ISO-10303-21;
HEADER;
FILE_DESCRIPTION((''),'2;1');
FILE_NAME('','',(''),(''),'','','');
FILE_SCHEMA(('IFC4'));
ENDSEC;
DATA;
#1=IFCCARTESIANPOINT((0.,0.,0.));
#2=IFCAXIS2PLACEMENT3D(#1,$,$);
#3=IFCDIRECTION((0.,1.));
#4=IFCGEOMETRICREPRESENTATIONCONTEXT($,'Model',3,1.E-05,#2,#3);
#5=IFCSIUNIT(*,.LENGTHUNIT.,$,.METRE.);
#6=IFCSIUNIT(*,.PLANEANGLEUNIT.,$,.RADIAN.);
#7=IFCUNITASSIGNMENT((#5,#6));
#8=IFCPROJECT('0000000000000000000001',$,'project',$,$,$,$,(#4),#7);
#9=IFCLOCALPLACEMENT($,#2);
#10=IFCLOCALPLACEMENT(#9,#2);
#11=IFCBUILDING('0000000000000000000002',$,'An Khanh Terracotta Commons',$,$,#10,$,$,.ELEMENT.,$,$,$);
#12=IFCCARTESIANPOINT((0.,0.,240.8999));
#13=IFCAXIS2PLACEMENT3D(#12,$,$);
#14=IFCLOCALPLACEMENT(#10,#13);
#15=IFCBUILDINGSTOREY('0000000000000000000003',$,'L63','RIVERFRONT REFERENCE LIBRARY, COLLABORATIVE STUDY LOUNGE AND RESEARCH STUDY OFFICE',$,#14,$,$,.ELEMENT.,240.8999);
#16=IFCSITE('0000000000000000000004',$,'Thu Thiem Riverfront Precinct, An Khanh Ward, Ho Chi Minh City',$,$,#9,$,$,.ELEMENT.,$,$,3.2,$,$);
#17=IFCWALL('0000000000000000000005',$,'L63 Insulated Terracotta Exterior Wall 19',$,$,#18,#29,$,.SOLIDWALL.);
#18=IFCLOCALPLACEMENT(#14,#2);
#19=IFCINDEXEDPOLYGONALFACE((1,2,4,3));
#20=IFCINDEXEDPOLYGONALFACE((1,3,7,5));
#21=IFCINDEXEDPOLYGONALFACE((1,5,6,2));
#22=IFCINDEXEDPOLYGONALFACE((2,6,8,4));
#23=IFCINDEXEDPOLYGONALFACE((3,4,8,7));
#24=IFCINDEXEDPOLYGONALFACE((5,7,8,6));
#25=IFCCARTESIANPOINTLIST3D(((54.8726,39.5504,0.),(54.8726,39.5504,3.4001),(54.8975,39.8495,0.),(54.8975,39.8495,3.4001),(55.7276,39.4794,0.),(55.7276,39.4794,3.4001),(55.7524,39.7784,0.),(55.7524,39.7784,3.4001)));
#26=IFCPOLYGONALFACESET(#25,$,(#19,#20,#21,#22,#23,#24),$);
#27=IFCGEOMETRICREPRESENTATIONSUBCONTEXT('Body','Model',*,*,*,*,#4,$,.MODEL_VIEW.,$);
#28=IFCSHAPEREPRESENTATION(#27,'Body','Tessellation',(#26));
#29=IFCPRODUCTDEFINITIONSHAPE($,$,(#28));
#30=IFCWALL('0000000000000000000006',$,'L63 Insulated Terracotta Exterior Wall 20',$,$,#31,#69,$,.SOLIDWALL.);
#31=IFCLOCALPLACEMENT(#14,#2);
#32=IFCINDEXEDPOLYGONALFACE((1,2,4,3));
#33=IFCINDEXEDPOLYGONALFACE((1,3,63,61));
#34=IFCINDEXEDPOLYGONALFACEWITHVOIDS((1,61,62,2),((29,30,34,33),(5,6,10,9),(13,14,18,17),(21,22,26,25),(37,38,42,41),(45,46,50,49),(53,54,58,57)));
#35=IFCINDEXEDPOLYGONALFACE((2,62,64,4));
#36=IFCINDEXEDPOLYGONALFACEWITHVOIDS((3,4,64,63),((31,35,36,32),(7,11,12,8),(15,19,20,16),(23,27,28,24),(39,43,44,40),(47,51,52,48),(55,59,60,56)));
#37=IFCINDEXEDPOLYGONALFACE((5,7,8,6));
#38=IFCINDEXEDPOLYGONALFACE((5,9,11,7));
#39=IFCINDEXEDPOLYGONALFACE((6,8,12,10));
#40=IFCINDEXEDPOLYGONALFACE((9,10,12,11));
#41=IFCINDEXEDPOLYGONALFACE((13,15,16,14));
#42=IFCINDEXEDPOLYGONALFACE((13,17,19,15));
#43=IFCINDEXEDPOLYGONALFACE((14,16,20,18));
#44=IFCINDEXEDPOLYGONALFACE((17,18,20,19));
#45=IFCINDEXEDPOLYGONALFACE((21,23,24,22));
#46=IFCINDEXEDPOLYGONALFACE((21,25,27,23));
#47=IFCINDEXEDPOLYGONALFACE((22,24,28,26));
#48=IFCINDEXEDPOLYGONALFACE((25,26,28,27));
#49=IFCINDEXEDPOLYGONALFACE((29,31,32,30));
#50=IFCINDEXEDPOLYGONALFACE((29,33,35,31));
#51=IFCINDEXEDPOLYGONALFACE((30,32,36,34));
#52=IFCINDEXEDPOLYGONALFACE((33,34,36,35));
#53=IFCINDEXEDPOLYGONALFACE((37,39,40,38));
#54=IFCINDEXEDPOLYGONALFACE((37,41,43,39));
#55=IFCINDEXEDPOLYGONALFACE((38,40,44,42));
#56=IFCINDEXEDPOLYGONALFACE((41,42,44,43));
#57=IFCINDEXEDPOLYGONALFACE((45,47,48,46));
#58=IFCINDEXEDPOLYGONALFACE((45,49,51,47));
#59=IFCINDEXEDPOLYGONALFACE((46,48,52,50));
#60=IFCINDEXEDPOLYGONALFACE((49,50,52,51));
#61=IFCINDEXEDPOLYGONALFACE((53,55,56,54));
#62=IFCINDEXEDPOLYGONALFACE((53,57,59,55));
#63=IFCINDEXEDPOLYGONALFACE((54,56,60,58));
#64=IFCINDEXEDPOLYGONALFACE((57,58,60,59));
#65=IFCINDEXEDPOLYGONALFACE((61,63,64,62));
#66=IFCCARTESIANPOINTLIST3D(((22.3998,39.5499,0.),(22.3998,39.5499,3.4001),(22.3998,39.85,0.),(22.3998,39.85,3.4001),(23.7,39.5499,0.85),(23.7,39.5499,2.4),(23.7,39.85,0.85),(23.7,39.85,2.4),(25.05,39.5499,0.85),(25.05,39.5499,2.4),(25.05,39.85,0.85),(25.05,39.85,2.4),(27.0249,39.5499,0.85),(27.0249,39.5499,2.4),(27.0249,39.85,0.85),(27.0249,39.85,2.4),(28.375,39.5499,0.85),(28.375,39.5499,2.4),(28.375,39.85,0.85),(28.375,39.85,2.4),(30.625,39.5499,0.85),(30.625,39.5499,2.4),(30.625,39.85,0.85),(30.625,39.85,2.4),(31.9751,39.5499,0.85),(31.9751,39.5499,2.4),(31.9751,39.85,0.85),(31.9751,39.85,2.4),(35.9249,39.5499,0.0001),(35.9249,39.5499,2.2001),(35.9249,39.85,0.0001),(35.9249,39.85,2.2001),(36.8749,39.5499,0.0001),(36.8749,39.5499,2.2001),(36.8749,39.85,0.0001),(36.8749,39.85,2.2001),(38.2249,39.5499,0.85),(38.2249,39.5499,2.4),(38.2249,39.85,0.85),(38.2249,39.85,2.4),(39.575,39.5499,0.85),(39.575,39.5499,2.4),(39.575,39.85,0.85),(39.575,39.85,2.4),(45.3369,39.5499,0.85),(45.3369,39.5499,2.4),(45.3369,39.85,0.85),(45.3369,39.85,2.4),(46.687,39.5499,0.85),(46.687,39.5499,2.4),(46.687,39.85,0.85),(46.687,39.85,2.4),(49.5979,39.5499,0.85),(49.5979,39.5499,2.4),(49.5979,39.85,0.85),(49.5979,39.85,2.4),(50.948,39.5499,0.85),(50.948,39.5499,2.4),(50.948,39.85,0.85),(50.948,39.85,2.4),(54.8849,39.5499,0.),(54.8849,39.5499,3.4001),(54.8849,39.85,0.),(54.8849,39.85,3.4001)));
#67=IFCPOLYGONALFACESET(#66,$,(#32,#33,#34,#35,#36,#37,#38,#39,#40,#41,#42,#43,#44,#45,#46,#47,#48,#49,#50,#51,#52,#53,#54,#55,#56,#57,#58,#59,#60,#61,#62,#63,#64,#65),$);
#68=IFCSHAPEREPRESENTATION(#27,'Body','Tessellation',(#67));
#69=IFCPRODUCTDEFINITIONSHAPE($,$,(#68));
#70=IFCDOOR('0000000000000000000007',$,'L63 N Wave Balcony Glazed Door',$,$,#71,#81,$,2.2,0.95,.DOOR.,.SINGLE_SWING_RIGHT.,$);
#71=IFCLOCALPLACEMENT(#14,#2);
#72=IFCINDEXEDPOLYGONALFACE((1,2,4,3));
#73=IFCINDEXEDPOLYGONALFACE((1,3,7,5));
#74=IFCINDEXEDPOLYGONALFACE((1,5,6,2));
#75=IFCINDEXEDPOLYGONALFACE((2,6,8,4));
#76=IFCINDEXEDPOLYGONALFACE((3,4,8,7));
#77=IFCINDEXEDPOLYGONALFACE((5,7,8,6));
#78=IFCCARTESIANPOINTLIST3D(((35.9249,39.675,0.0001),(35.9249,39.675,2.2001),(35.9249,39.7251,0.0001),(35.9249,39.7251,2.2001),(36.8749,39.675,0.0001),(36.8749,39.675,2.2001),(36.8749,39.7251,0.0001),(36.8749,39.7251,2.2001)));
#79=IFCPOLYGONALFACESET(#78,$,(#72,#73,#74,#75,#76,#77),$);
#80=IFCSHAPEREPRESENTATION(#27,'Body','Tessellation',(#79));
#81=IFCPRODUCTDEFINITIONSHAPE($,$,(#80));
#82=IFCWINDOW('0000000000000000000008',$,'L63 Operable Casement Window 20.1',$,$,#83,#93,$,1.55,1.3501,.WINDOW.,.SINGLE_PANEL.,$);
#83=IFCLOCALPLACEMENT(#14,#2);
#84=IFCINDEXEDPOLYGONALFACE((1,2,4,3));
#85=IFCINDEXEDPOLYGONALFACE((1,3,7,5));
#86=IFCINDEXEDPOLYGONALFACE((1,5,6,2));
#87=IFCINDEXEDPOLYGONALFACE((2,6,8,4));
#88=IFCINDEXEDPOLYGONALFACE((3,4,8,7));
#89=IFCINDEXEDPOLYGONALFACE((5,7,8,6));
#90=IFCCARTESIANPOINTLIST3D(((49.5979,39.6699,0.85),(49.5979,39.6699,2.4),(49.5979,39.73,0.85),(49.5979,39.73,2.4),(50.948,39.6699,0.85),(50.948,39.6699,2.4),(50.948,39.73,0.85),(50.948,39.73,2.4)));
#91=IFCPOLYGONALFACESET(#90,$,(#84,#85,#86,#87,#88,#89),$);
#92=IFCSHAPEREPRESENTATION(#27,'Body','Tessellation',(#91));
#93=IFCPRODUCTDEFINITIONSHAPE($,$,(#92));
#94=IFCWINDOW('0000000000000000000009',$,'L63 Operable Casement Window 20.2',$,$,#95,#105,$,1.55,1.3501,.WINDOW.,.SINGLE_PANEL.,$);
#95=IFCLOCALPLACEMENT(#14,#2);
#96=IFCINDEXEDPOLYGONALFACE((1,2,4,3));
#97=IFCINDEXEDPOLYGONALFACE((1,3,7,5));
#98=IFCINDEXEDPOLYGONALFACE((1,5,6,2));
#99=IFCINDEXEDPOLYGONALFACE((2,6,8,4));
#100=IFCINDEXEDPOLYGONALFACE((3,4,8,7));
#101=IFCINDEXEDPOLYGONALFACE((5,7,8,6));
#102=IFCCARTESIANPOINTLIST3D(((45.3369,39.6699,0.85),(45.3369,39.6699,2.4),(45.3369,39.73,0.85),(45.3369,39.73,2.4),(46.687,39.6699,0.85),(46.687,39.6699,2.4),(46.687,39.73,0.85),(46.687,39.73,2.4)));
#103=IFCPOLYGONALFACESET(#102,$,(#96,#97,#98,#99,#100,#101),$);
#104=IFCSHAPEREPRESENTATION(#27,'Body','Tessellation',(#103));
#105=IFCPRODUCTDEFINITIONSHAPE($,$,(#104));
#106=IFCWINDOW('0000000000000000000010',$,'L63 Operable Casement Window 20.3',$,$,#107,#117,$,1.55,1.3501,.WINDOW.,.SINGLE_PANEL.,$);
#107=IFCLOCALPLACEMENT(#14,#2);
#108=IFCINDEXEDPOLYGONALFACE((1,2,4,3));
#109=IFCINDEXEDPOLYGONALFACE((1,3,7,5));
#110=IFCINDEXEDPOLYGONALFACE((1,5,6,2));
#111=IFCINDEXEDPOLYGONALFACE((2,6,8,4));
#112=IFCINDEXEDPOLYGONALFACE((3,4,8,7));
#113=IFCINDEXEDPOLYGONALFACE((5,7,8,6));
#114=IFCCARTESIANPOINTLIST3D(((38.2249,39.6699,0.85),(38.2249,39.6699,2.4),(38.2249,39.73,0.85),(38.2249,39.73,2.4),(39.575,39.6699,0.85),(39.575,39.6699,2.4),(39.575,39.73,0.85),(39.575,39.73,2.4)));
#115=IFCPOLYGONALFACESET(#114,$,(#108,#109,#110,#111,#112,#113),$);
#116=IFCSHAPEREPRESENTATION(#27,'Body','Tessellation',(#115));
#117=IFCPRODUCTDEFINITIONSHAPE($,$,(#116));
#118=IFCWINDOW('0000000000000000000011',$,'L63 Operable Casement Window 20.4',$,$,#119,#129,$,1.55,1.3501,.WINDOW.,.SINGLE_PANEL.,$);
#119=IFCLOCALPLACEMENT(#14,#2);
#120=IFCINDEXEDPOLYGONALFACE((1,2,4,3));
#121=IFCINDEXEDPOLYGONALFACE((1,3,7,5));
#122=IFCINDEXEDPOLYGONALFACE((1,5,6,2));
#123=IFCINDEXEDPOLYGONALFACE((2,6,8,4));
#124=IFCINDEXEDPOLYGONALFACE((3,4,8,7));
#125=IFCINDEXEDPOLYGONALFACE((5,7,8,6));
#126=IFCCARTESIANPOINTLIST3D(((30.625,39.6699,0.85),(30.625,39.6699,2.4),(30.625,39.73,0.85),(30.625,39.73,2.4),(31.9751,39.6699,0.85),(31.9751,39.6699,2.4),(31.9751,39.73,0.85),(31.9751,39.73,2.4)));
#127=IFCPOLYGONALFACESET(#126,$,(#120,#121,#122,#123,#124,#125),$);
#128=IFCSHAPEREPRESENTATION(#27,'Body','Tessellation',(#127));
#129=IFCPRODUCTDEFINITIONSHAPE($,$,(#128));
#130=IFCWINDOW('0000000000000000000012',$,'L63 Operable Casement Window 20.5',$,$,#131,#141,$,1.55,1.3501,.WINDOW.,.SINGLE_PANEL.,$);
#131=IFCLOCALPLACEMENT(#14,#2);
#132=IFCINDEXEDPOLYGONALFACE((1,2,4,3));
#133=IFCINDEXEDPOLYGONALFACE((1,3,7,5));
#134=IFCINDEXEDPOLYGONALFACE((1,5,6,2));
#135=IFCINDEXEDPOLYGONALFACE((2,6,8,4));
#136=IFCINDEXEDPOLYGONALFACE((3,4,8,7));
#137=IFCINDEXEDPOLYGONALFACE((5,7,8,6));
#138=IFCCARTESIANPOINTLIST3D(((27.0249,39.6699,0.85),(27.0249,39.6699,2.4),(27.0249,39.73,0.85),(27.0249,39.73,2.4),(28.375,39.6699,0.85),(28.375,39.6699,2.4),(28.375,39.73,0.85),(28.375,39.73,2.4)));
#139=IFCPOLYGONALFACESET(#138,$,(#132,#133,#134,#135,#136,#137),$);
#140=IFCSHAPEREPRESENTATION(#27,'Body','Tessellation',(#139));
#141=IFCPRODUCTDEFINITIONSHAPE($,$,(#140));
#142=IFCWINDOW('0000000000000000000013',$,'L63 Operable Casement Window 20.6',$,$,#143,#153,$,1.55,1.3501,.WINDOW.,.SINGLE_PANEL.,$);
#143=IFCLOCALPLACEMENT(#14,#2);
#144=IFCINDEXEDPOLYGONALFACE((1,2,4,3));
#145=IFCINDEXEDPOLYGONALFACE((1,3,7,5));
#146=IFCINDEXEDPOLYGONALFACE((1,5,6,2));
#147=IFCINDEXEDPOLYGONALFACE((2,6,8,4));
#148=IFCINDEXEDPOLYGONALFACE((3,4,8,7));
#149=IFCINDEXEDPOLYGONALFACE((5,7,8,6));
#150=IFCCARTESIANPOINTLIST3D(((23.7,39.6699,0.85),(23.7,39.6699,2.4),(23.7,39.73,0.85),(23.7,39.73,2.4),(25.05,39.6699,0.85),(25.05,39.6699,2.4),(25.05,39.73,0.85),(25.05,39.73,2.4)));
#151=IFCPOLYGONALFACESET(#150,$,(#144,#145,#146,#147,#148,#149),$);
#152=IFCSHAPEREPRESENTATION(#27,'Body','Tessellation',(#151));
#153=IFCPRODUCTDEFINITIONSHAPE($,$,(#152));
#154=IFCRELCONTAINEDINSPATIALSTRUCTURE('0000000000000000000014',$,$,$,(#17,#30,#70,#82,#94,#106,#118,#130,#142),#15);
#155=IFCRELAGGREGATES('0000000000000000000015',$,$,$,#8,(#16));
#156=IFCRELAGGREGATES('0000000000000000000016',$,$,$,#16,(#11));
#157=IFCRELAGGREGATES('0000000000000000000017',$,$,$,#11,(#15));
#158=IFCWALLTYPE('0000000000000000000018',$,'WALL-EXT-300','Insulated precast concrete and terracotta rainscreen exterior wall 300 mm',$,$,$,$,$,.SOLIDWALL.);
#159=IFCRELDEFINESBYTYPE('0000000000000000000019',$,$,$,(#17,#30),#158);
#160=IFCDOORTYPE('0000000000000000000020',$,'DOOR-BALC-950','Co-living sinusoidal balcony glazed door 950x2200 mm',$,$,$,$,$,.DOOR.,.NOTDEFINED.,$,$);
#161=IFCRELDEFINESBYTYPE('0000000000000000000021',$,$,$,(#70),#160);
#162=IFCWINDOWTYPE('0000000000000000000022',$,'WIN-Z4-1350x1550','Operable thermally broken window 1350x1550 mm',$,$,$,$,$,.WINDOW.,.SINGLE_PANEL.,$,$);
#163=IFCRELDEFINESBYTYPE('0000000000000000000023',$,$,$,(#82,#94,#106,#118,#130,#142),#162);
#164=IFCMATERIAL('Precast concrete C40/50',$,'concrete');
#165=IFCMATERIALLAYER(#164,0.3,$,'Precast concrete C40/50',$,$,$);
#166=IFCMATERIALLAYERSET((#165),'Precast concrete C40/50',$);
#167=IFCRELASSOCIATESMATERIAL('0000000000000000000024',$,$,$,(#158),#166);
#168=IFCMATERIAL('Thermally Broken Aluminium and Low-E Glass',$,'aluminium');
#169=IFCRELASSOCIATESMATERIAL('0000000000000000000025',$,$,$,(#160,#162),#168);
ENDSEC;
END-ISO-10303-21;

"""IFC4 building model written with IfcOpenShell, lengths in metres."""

from ifc_helpers import new_model, si_unit, direction, frame, frame_2d, origin, place, context, subcontext, project, spatial, rectangle, extrude, material, layer, layer_set, type_object, element, fill, save


model = new_model("IFC4")

# Units and contexts
model_context = context("Model", 3, precision=1e-05, world=origin(), true_north=direction((0.0, 1.0)))
body_context = subcontext(model_context, "Body", "Model", "MODEL_VIEW")
ifc_project = project(units=[si_unit("LENGTHUNIT", "METRE"), si_unit("PLANEANGLEUNIT", "RADIAN")], contexts=[model_context])

# Site, building, storey
site_placement = place(None, origin())
site = spatial("IfcSite", under=ifc_project, at=site_placement, Name="Thu Thiem Riverfront Precinct, An Khanh Ward, Ho Chi Minh City", CompositionType="ELEMENT", RefElevation=3.2)
building_placement = place(site_placement, origin())
building = spatial("IfcBuilding", under=site, at=building_placement, Name="An Khanh Terracotta Commons", CompositionType="ELEMENT")
storey_placement = place(building_placement, frame((0.0, 0.0, 240.8999)))
storey = spatial("IfcBuildingStorey", under=building, at=storey_placement, Name="L63", Description="RIVERFRONT REFERENCE LIBRARY, COLLABORATIVE STUDY LOUNGE AND RESEARCH STUDY OFFICE", CompositionType="ELEMENT", Elevation=240.8999)

# Wall
ifc_material_1 = material(Name="Precast concrete C40/50", Category="concrete")
ifc_layer_1 = layer(ifc_material_1, 0.3, Name="Precast concrete C40/50")
ifc_layer_set_1 = layer_set([ifc_layer_1], Name="Precast concrete C40/50")
wall_type = type_object("IfcWallType", Name="WALL-EXT-300", Description="Insulated precast concrete and terracotta rainscreen exterior wall 300 mm", PredefinedType="SOLIDWALL", material=ifc_layer_set_1)
wall_1_placement = place(storey_placement, frame((55.74, 39.6289, 0.0), z_axis=(0.0, 0.0, 1.0), x_axis=(-0.996565, 0.08281, 0.0)))
element("IfcWall", 1, at=wall_1_placement, inside=storey, type_object=wall_type, Name="L63 Insulated Terracotta Exterior Wall 19", PredefinedType="SOLIDWALL", context=body_context, shape_type="SweptSolid", body=[
    extrude(rectangle(XDim=0.8579, YDim=0.3, at=frame_2d((0.429, 0.0))), origin(), (0.0, 0.0, 1.0), 3.4001),
])

# Wall, openings, door, windows
wall_2_placement = place(storey_placement, frame((54.885, 39.7, 0.0), z_axis=(0.0, 0.0, 1.0), x_axis=(-1.0, 0.0, 0.0)))
wall_2 = element("IfcWall", 2, at=wall_2_placement, inside=storey, type_object=wall_type, Name="L63 Insulated Terracotta Exterior Wall 20", PredefinedType="SOLIDWALL", context=body_context, shape_type="SweptSolid", body=[
    extrude(rectangle(XDim=32.4851, YDim=0.3, at=frame_2d((16.2427, 0.0))), origin(), (0.0, 0.0, 1.0), 3.4001),
])
opening_1_placement = place(wall_2_placement, frame((18.01, 0.0, 0.0)))
opening_1 = element("IfcOpeningElement", 3, at=opening_1_placement, cuts=wall_2, PredefinedType="OPENING", context=body_context, shape_type="SweptSolid", body=[
    extrude(rectangle(XDim=0.95, YDim=2.2, at=frame_2d((0.4751, 1.1001))), frame((0.0, 0.1599, 0.0), z_axis=(0.0, -1.0, 0.0), x_axis=(1.0, 0.0, 0.0)), (0.0, 0.0, 1.0), 0.3201),
])
opening_2_placement = place(wall_2_placement, frame((3.937, 0.0, 0.8501)))
opening_2 = element("IfcOpeningElement", 4, at=opening_2_placement, cuts=wall_2, PredefinedType="OPENING", context=body_context, shape_type="SweptSolid", body=[
    extrude(rectangle(XDim=1.3501, YDim=1.55, at=frame_2d((0.675, 0.7749))), frame((0.0, 0.1599, 0.0), z_axis=(0.0, -1.0, 0.0), x_axis=(1.0, 0.0, 0.0)), (0.0, 0.0, 1.0), 0.3201),
])
opening_3_placement = place(wall_2_placement, frame((8.198, 0.0, 0.8501)))
opening_3 = element("IfcOpeningElement", 5, at=opening_3_placement, cuts=wall_2, PredefinedType="OPENING", context=body_context, shape_type="SweptSolid", body=[
    extrude(rectangle(XDim=1.3501, YDim=1.55, at=frame_2d((0.675, 0.7749))), frame((0.0, 0.1599, 0.0), z_axis=(0.0, -1.0, 0.0), x_axis=(1.0, 0.0, 0.0)), (0.0, 0.0, 1.0), 0.3201),
])
opening_4_placement = place(wall_2_placement, frame((15.3101, 0.0, 0.8501)))
opening_4 = element("IfcOpeningElement", 6, at=opening_4_placement, cuts=wall_2, PredefinedType="OPENING", context=body_context, shape_type="SweptSolid", body=[
    extrude(rectangle(XDim=1.3501, YDim=1.55, at=frame_2d((0.675, 0.7749))), frame((0.0, 0.1599, 0.0), z_axis=(0.0, -1.0, 0.0), x_axis=(1.0, 0.0, 0.0)), (0.0, 0.0, 1.0), 0.3201),
])
opening_5_placement = place(wall_2_placement, frame((22.9099, 0.0, 0.8501)))
opening_5 = element("IfcOpeningElement", 7, at=opening_5_placement, cuts=wall_2, PredefinedType="OPENING", context=body_context, shape_type="SweptSolid", body=[
    extrude(rectangle(XDim=1.3501, YDim=1.55, at=frame_2d((0.675, 0.7749))), frame((0.0, 0.1599, 0.0), z_axis=(0.0, -1.0, 0.0), x_axis=(1.0, 0.0, 0.0)), (0.0, 0.0, 1.0), 0.3201),
])
opening_6_placement = place(wall_2_placement, frame((26.51, 0.0, 0.8501)))
opening_6 = element("IfcOpeningElement", 8, at=opening_6_placement, cuts=wall_2, PredefinedType="OPENING", context=body_context, shape_type="SweptSolid", body=[
    extrude(rectangle(XDim=1.3501, YDim=1.55, at=frame_2d((0.675, 0.7749))), frame((0.0, 0.1599, 0.0), z_axis=(0.0, -1.0, 0.0), x_axis=(1.0, 0.0, 0.0)), (0.0, 0.0, 1.0), 0.3201),
])
opening_7_placement = place(wall_2_placement, frame((29.835, 0.0, 0.8501)))
opening_7 = element("IfcOpeningElement", 9, at=opening_7_placement, cuts=wall_2, PredefinedType="OPENING", context=body_context, shape_type="SweptSolid", body=[
    extrude(rectangle(XDim=1.3501, YDim=1.55, at=frame_2d((0.675, 0.7749))), frame((0.0, 0.1599, 0.0), z_axis=(0.0, -1.0, 0.0), x_axis=(1.0, 0.0, 0.0)), (0.0, 0.0, 1.0), 0.3201),
])
ifc_material_2 = material(Name="Thermally Broken Aluminium and Low-E Glass", Category="aluminium")
door_type = type_object("IfcDoorType", Name="DOOR-BALC-950", Description="Co-living sinusoidal balcony glazed door 950x2200 mm", OperationType="NOTDEFINED", PredefinedType="DOOR", material=ifc_material_2)
door_placement = place(opening_1_placement, origin())
door = element("IfcDoor", 10, at=door_placement, inside=storey, type_object=door_type, Name="L63 N Wave Balcony Glazed Door", OperationType="SINGLE_SWING_RIGHT", OverallHeight=2.2, OverallWidth=0.95, PredefinedType="DOOR", context=body_context, shape_type="SweptSolid", body=[
    extrude(rectangle(XDim=0.95, YDim=2.2, at=frame_2d((0.4751, 1.1001))), frame((0.0, 0.0249, 0.0), z_axis=(0.0, -1.0, 0.0), x_axis=(1.0, 0.0, 0.0)), (0.0, 0.0, 1.0), 0.05),
])
fill(opening_1, door)
window_type = type_object("IfcWindowType", Name="WIN-Z4-1350x1550", Description="Operable thermally broken window 1350x1550 mm", PartitioningType="SINGLE_PANEL", PredefinedType="WINDOW", material=ifc_material_2)
window_1_placement = place(opening_2_placement, origin())
window_1 = element("IfcWindow", 11, at=window_1_placement, inside=storey, type_object=window_type, Name="L63 Operable Casement Window 20.1", OverallHeight=1.55, OverallWidth=1.3501, PartitioningType="SINGLE_PANEL", PredefinedType="WINDOW", context=body_context, shape_type="SweptSolid", body=[
    extrude(rectangle(XDim=1.3501, YDim=1.55, at=frame_2d((0.675, 0.7749))), frame((0.0, 0.03, 0.0), z_axis=(0.0, -1.0, 0.0), x_axis=(1.0, 0.0, 0.0)), (0.0, 0.0, 1.0), 0.0601),
])
fill(opening_2, window_1)
window_2_placement = place(opening_3_placement, origin())
window_2 = element("IfcWindow", 12, at=window_2_placement, inside=storey, type_object=window_type, Name="L63 Operable Casement Window 20.2", OverallHeight=1.55, OverallWidth=1.3501, PartitioningType="SINGLE_PANEL", PredefinedType="WINDOW", context=body_context, shape_type="SweptSolid", body=[
    extrude(rectangle(XDim=1.3501, YDim=1.55, at=frame_2d((0.675, 0.7749))), frame((0.0, 0.03, 0.0), z_axis=(0.0, -1.0, 0.0), x_axis=(1.0, 0.0, 0.0)), (0.0, 0.0, 1.0), 0.0601),
])
fill(opening_3, window_2)
window_3_placement = place(opening_4_placement, origin())
window_3 = element("IfcWindow", 13, at=window_3_placement, inside=storey, type_object=window_type, Name="L63 Operable Casement Window 20.3", OverallHeight=1.55, OverallWidth=1.3501, PartitioningType="SINGLE_PANEL", PredefinedType="WINDOW", context=body_context, shape_type="SweptSolid", body=[
    extrude(rectangle(XDim=1.3501, YDim=1.55, at=frame_2d((0.675, 0.7749))), frame((0.0, 0.03, 0.0), z_axis=(0.0, -1.0, 0.0), x_axis=(1.0, 0.0, 0.0)), (0.0, 0.0, 1.0), 0.0601),
])
fill(opening_4, window_3)
window_4_placement = place(opening_5_placement, origin())
window_4 = element("IfcWindow", 14, at=window_4_placement, inside=storey, type_object=window_type, Name="L63 Operable Casement Window 20.4", OverallHeight=1.55, OverallWidth=1.3501, PartitioningType="SINGLE_PANEL", PredefinedType="WINDOW", context=body_context, shape_type="SweptSolid", body=[
    extrude(rectangle(XDim=1.3501, YDim=1.55, at=frame_2d((0.675, 0.7749))), frame((0.0, 0.03, 0.0), z_axis=(0.0, -1.0, 0.0), x_axis=(1.0, 0.0, 0.0)), (0.0, 0.0, 1.0), 0.0601),
])
fill(opening_5, window_4)
window_5_placement = place(opening_6_placement, origin())
window_5 = element("IfcWindow", 15, at=window_5_placement, inside=storey, type_object=window_type, Name="L63 Operable Casement Window 20.5", OverallHeight=1.55, OverallWidth=1.3501, PartitioningType="SINGLE_PANEL", PredefinedType="WINDOW", context=body_context, shape_type="SweptSolid", body=[
    extrude(rectangle(XDim=1.3501, YDim=1.55, at=frame_2d((0.675, 0.7749))), frame((0.0, 0.03, 0.0), z_axis=(0.0, -1.0, 0.0), x_axis=(1.0, 0.0, 0.0)), (0.0, 0.0, 1.0), 0.0601),
])
fill(opening_6, window_5)
window_6_placement = place(opening_7_placement, origin())
window_6 = element("IfcWindow", 16, at=window_6_placement, inside=storey, type_object=window_type, Name="L63 Operable Casement Window 20.6", OverallHeight=1.55, OverallWidth=1.3501, PartitioningType="SINGLE_PANEL", PredefinedType="WINDOW", context=body_context, shape_type="SweptSolid", body=[
    extrude(rectangle(XDim=1.3501, YDim=1.55, at=frame_2d((0.675, 0.7749))), frame((0.0, 0.03, 0.0), z_axis=(0.0, -1.0, 0.0), x_axis=(1.0, 0.0, 0.0)), (0.0, 0.0, 1.0), 0.0601),
])
fill(opening_7, window_6)

save(model, "model.ifc")
